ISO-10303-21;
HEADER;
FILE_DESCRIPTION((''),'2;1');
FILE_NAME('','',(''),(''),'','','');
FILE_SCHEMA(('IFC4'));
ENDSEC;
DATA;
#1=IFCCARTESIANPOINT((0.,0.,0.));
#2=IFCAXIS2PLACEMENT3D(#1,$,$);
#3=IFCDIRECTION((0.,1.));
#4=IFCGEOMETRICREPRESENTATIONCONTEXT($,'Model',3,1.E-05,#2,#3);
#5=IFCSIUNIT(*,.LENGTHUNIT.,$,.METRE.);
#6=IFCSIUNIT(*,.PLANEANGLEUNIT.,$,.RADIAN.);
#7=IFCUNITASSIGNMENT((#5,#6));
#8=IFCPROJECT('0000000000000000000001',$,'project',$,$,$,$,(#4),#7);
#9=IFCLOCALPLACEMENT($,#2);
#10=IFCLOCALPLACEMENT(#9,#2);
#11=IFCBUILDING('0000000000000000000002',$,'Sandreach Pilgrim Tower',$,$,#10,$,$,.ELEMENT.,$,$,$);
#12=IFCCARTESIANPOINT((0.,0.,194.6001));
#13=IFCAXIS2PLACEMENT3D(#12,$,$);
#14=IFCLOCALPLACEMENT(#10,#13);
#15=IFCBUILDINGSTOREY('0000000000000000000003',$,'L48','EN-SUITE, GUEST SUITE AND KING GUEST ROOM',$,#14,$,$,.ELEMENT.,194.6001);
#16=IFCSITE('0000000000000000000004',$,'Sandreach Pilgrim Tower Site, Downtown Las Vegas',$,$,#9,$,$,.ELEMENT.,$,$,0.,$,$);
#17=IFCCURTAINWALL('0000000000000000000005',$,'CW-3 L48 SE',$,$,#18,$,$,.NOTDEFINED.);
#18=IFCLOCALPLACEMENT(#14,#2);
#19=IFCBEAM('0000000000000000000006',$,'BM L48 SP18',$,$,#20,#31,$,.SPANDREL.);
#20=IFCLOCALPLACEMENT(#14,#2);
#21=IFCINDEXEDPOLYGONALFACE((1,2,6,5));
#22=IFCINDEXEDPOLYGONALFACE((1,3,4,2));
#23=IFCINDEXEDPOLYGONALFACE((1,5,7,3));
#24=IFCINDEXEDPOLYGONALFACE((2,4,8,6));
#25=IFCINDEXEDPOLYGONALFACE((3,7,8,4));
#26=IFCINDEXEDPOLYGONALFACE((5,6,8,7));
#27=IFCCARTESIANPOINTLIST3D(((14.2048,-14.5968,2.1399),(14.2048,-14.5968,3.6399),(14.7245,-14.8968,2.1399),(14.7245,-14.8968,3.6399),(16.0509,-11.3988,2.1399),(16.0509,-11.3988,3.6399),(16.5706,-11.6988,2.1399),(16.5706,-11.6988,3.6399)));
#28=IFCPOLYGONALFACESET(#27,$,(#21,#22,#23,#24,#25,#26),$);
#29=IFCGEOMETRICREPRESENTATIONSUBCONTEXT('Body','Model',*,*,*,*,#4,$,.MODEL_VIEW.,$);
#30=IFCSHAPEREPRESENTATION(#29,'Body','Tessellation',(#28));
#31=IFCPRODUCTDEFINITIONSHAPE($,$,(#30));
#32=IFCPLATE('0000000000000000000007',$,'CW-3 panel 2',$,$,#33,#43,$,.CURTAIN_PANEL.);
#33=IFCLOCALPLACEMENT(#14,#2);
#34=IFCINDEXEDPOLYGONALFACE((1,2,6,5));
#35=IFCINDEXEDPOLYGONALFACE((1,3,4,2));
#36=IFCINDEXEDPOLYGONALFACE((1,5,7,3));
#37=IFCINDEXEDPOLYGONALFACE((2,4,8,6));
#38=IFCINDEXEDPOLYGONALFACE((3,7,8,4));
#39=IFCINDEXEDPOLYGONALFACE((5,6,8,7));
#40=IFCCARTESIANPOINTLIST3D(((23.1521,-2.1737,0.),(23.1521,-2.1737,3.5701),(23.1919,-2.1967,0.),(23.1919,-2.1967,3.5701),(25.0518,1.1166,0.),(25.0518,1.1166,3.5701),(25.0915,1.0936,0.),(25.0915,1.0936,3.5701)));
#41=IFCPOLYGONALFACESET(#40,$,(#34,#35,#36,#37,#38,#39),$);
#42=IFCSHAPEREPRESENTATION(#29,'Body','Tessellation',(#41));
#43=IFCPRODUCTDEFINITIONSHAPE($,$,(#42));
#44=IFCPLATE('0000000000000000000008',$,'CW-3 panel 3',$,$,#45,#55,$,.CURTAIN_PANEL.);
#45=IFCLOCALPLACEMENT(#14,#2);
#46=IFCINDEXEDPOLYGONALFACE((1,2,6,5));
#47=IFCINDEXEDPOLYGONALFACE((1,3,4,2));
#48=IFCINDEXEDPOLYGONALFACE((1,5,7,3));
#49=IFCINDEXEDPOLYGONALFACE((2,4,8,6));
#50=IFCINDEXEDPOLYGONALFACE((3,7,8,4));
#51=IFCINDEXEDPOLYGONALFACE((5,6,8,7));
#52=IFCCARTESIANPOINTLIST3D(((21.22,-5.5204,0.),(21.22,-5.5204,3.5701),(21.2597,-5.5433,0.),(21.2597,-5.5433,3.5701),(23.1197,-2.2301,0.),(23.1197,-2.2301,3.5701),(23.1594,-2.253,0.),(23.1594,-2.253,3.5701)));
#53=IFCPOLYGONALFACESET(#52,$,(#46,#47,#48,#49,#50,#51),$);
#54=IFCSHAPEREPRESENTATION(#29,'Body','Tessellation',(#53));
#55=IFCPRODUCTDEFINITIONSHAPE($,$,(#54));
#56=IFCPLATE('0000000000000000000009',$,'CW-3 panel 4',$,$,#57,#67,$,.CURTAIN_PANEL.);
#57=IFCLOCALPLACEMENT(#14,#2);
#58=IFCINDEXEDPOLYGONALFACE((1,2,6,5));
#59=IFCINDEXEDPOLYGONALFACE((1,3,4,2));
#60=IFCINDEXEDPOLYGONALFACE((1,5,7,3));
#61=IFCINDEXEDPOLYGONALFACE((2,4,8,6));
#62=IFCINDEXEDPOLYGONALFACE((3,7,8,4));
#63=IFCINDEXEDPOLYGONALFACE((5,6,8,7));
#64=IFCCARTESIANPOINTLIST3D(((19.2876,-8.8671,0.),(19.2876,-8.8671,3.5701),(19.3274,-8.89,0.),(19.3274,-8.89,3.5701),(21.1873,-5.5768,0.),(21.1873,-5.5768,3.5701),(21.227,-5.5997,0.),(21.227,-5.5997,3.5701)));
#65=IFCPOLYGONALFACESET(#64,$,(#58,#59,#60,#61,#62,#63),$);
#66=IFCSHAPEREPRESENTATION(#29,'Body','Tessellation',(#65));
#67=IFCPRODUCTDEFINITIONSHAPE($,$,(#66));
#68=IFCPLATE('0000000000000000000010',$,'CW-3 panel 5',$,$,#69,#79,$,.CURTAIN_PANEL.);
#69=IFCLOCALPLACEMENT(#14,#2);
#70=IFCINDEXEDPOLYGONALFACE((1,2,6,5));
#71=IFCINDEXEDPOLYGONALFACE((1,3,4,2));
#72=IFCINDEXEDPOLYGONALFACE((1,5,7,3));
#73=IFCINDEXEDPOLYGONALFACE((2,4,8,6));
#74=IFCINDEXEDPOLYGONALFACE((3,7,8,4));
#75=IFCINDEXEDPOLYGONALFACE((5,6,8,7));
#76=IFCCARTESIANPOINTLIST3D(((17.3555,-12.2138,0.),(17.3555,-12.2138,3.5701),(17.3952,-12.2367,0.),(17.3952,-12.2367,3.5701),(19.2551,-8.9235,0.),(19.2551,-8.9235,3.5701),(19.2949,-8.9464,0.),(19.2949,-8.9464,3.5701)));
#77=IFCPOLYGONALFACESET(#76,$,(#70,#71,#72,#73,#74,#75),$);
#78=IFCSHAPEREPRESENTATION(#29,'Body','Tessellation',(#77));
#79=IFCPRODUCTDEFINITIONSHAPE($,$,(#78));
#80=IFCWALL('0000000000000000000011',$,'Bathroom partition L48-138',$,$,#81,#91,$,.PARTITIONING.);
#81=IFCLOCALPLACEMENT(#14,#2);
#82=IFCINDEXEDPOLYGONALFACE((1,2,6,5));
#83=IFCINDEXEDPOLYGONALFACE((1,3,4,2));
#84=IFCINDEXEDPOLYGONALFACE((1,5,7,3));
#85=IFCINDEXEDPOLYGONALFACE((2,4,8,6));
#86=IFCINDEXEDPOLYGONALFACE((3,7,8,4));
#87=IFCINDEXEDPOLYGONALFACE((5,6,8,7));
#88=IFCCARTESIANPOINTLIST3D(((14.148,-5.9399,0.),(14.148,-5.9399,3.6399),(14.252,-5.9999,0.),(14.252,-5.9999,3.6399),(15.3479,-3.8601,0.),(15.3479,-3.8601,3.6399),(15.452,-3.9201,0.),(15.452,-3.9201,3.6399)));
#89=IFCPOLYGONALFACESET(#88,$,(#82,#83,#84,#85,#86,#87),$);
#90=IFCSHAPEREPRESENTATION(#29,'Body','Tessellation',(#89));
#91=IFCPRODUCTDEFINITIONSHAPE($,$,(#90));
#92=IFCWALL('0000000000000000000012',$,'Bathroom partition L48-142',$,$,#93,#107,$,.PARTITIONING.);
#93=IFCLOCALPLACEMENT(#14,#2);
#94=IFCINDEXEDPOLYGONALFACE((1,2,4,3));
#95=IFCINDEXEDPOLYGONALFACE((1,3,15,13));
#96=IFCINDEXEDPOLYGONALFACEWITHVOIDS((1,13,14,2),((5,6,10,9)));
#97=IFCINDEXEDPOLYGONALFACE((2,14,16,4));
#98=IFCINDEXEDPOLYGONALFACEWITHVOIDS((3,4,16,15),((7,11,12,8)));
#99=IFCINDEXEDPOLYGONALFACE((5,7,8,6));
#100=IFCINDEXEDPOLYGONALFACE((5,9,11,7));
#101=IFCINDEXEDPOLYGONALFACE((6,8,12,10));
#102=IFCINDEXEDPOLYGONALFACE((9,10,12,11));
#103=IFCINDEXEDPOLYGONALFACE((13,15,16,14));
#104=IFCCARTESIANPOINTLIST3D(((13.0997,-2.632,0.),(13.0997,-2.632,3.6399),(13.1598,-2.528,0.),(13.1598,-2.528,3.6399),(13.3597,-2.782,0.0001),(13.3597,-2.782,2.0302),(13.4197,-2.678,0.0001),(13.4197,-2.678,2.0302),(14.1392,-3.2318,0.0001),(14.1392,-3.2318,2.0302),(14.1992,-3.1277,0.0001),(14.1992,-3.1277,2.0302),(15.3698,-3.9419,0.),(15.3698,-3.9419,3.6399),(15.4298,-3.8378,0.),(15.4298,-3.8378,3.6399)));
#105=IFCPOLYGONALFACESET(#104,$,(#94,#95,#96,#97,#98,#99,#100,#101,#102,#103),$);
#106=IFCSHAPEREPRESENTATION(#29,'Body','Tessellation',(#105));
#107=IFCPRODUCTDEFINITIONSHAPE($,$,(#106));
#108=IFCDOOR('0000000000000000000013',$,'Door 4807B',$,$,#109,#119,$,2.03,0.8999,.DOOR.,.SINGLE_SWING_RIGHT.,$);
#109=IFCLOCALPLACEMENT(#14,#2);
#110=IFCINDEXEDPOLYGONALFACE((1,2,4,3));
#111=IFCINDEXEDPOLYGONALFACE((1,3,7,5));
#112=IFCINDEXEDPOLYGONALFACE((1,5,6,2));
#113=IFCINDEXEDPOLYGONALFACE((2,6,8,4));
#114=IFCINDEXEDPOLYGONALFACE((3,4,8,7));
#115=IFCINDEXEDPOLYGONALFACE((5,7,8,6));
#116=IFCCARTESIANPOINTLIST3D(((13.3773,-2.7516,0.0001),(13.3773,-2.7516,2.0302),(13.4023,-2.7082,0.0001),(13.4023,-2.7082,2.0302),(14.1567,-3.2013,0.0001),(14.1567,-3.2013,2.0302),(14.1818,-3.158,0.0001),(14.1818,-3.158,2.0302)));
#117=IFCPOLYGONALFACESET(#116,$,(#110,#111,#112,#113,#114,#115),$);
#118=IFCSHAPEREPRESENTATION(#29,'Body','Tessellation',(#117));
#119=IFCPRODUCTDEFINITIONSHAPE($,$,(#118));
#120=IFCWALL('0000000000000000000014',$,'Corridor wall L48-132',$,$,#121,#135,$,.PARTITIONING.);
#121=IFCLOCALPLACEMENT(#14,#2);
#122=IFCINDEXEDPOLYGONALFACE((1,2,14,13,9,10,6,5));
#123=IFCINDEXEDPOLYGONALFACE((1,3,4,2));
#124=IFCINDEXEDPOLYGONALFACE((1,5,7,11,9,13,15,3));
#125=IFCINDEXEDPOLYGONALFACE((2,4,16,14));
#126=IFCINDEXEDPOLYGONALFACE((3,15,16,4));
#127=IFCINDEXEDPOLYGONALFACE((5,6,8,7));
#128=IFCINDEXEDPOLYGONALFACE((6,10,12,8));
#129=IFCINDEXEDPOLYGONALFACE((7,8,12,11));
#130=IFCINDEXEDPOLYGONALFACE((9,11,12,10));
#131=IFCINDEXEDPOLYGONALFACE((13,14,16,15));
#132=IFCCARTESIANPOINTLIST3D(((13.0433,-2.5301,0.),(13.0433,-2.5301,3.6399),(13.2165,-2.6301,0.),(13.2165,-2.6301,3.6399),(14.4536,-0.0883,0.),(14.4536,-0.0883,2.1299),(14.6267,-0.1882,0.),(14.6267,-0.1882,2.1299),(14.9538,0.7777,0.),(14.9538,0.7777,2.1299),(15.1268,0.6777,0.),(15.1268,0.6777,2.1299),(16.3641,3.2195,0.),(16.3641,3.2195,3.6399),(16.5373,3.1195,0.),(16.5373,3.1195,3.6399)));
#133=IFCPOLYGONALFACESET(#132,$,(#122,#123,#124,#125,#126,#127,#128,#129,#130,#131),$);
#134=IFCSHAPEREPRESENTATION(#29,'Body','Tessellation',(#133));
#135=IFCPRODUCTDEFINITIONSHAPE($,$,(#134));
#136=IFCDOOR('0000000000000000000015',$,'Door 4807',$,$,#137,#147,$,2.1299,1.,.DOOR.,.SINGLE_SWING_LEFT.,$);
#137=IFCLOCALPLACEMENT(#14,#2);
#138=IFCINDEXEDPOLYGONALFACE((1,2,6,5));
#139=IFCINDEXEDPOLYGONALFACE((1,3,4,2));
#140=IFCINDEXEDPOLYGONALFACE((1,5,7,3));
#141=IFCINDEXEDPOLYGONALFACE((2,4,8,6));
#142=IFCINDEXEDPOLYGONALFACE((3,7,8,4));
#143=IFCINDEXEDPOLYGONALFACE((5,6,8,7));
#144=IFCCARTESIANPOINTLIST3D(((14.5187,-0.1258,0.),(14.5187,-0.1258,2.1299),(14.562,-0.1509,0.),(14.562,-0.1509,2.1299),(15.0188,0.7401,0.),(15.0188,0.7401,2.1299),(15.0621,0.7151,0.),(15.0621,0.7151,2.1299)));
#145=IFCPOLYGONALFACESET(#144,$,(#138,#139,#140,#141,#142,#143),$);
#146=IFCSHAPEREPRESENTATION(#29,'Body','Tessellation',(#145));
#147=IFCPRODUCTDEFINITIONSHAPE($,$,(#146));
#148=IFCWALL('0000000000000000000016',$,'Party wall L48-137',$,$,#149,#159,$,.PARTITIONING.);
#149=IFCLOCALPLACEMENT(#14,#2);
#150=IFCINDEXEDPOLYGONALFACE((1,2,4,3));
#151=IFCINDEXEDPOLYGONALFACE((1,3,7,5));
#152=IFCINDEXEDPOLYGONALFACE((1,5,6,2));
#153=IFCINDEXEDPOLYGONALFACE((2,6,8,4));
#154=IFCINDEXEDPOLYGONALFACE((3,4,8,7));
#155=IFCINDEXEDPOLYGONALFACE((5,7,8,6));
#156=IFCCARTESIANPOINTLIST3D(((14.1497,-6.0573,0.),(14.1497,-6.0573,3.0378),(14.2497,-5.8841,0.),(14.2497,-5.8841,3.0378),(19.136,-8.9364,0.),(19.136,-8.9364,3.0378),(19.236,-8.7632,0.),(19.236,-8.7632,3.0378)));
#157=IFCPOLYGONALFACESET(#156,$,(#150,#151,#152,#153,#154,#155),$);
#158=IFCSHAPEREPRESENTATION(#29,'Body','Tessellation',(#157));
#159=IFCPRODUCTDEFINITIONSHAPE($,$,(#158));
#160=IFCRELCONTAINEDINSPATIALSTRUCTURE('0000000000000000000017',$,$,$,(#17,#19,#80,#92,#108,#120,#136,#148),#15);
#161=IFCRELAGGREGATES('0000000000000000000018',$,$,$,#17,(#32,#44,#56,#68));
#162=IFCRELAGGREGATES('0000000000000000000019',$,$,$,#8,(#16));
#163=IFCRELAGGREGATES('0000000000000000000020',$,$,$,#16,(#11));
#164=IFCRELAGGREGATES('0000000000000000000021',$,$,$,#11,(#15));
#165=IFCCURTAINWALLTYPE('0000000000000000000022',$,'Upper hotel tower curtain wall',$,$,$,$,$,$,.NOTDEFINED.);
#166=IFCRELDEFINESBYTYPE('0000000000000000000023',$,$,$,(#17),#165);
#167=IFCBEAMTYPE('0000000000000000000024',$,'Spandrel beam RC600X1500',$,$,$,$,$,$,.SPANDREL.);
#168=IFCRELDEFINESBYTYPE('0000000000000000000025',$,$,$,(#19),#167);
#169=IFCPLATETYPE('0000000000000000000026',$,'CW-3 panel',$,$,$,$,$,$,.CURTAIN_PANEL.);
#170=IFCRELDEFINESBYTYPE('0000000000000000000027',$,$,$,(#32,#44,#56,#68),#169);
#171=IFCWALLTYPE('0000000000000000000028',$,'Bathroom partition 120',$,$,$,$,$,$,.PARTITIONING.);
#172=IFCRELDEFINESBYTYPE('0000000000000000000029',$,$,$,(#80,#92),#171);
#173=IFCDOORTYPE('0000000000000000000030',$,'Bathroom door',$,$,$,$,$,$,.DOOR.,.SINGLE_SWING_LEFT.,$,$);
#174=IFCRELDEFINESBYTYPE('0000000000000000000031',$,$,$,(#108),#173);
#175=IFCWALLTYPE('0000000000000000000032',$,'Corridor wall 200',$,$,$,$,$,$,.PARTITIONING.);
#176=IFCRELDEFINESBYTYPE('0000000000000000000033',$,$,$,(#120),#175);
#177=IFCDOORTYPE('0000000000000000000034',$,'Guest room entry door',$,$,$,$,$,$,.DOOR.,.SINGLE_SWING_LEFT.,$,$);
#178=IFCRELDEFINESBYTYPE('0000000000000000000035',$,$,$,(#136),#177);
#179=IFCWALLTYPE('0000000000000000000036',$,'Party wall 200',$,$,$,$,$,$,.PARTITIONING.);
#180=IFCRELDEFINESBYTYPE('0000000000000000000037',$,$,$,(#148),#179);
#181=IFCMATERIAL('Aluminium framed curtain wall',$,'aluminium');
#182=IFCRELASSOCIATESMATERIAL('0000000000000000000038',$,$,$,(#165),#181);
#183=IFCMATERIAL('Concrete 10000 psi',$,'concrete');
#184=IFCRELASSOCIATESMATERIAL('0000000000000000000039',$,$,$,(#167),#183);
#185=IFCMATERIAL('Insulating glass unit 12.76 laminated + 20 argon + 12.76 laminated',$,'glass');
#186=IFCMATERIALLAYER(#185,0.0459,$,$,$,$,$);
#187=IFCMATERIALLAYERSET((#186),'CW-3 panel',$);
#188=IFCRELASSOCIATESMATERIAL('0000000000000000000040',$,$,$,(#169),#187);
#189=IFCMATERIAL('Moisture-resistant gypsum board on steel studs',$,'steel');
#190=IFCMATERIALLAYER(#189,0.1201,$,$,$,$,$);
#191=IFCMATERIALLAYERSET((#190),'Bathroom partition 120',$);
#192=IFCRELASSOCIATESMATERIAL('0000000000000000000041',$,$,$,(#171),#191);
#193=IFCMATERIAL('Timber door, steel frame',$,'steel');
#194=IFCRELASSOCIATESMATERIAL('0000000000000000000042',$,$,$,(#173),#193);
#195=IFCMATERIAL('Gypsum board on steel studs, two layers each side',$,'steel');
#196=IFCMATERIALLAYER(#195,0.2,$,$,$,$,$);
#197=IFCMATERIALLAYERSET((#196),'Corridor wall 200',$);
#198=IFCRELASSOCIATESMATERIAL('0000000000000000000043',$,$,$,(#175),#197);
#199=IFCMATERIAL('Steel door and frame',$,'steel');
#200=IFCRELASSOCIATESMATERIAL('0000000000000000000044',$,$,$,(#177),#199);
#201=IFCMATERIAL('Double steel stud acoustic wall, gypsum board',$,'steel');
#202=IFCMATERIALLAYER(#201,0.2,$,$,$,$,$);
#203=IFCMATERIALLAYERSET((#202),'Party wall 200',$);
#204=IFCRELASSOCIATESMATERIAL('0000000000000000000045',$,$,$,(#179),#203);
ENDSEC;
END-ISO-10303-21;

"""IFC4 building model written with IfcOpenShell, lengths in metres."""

from ifc_helpers import new_model, si_unit, direction, frame, frame_2d, origin, origin_2d, place, context, subcontext, project, spatial, rectangle, extrude, material, layer, layer_set, material_profile, profile_set, type_object, element, fill, aggregate, save


model = new_model("IFC4")

# Units and contexts
model_context = context("Model", 3, precision=1e-05, world=origin(), true_north=direction((0.0, 1.0)))
body_context = subcontext(model_context, "Body", "Model", "MODEL_VIEW")
ifc_project = project(units=[si_unit("LENGTHUNIT", "METRE"), si_unit("PLANEANGLEUNIT", "RADIAN")], contexts=[model_context])

# Site, building, storey
site_placement = place(None, origin())
site = spatial("IfcSite", under=ifc_project, at=site_placement, Name="Sandreach Pilgrim Tower Site, Downtown Las Vegas", CompositionType="ELEMENT", RefElevation=0.0)
building_placement = place(site_placement, origin())
building = spatial("IfcBuilding", under=site, at=building_placement, Name="Sandreach Pilgrim Tower", CompositionType="ELEMENT")
storey_placement = place(building_placement, frame((0.0, 0.0, 194.6001)))
storey = spatial("IfcBuildingStorey", under=building, at=storey_placement, Name="L48", Description="EN-SUITE, GUEST SUITE AND KING GUEST ROOM", CompositionType="ELEMENT", Elevation=194.6001)

# Curtain wall
ifc_material_1 = material(Name="Aluminium framed curtain wall", Category="aluminium")
curtain_wall_type = type_object("IfcCurtainWallType", Name="Upper hotel tower curtain wall", PredefinedType="NOTDEFINED", material=ifc_material_1)
curtain_wall_placement = place(storey_placement, origin())
curtain_wall = element("IfcCurtainWall", 1, at=curtain_wall_placement, inside=storey, type_object=curtain_wall_type, Name="CW-3 L48 SE", PredefinedType="NOTDEFINED")

# Beam
ifc_material_2 = material(Name="Concrete 10000 psi", Category="concrete")
ifc_material_profile_1 = material_profile(ifc_material_2, rectangle(XDim=0.6001, YDim=1.5, at=origin_2d()), Name="RC600X1500")
ifc_profile_set_1 = profile_set([ifc_material_profile_1], Name="Concrete 10000 psi")
beam_type_1 = type_object("IfcBeamType", Name="Spandrel beam RC600X1500", PredefinedType="SPANDREL", material=ifc_profile_set_1)
for number, where, z_axis, x_axis, name in (
    (2, (16.3108, -11.5488, 2.8899), (-0.499965, -0.866046, 0.0), (0.866046, -0.499965, 0.0), "BM L48 SP18"),
):
    element("IfcBeam", number, at=place(storey_placement, frame(where, z_axis=z_axis, x_axis=x_axis)), inside=storey, type_object=beam_type_1, Name=name, PredefinedType="SPANDREL", context=body_context, shape_type="SweptSolid", body=[
        extrude(rectangle(XDim=0.6001, YDim=1.5, at=origin_2d()), origin(), (0.0, 0.0, 1.0), 3.6926),
    ])

# Plates
ifc_material_3 = material(Name="Insulating glass unit 12.76 laminated + 20 argon + 12.76 laminated", Category="glass")
ifc_layer_1 = layer(ifc_material_3, 0.0459)
ifc_layer_set_1 = layer_set([ifc_layer_1], Name="CW-3 panel")
plate_type = type_object("IfcPlateType", Name="CW-3 panel", PredefinedType="CURTAIN_PANEL", material=ifc_layer_set_1)
plate_1_placement = place(storey_placement, frame((24.1218, -0.54, 0.0), z_axis=(0.0, 0.0, 1.0), x_axis=(-0.5, -0.866025, 0.0)))
plate_1 = element("IfcPlate", 3, at=plate_1_placement, type_object=plate_type, Name="CW-3 panel 2", PredefinedType="CURTAIN_PANEL", context=body_context, shape_type="SweptSolid", body=[
    extrude(rectangle(XDim=3.7993, YDim=0.0459, at=origin_2d()), origin(), (0.0, 0.0, 1.0), 3.5701),
])
plate_2_placement = place(storey_placement, frame((22.1897, -3.8867, 0.0), z_axis=(0.0, 0.0, 1.0), x_axis=(-0.5, -0.866025, 0.0)))
plate_2 = element("IfcPlate", 4, at=plate_2_placement, type_object=plate_type, Name="CW-3 panel 3", PredefinedType="CURTAIN_PANEL", context=body_context, shape_type="SweptSolid", body=[
    extrude(rectangle(XDim=3.7993, YDim=0.0459, at=origin_2d()), origin(), (0.0, 0.0, 1.0), 3.5701),
])
plate_3_placement = place(storey_placement, frame((20.2573, -7.2334, 0.0), z_axis=(0.0, 0.0, 1.0), x_axis=(-0.5, -0.866025, 0.0)))
plate_3 = element("IfcPlate", 5, at=plate_3_placement, type_object=plate_type, Name="CW-3 panel 4", PredefinedType="CURTAIN_PANEL", context=body_context, shape_type="SweptSolid", body=[
    extrude(rectangle(XDim=3.7993, YDim=0.0459, at=origin_2d()), origin(), (0.0, 0.0, 1.0), 3.5701),
])
plate_4_placement = place(storey_placement, frame((18.3252, -10.5801, 0.0), z_axis=(0.0, 0.0, 1.0), x_axis=(-0.5, -0.866025, 0.0)))
plate_4 = element("IfcPlate", 6, at=plate_4_placement, type_object=plate_type, Name="CW-3 panel 5", PredefinedType="CURTAIN_PANEL", context=body_context, shape_type="SweptSolid", body=[
    extrude(rectangle(XDim=3.7993, YDim=0.0459, at=origin_2d()), origin(), (0.0, 0.0, 1.0), 3.5701),
])
aggregate(curtain_wall, [plate_1, plate_2, plate_3, plate_4])

# Wall
ifc_material_4 = material(Name="Moisture-resistant gypsum board on steel studs", Category="steel")
ifc_layer_2 = layer(ifc_material_4, 0.1201)
ifc_layer_set_2 = layer_set([ifc_layer_2], Name="Bathroom partition 120")
wall_type_1 = type_object("IfcWallType", Name="Bathroom partition 120", PredefinedType="PARTITIONING", material=ifc_layer_set_2)
wall_1_placement = place(storey_placement, frame((14.2, -5.97, 0.0), z_axis=(0.0, 0.0, 1.0), x_axis=(0.499737, 0.866177, 0.0)))
element("IfcWall", 7, at=wall_1_placement, inside=storey, type_object=wall_type_1, Name="Bathroom partition L48-138", PredefinedType="PARTITIONING", context=body_context, shape_type="SweptSolid", body=[
    extrude(rectangle(XDim=2.4011, YDim=0.1201, at=frame_2d((1.2007, 0.0))), origin(), (0.0, 0.0, 1.0), 3.6399),
])

# Walls, openings, doors
wall_2_placement = place(storey_placement, frame((15.3999, -3.8899, 0.0), z_axis=(0.0, 0.0, 1.0), x_axis=(-0.866155, 0.499776, 0.0)))
wall_2 = element("IfcWall", 8, at=wall_2_placement, inside=storey, type_object=wall_type_1, Name="Bathroom partition L48-142", PredefinedType="PARTITIONING", context=body_context, shape_type="SweptSolid", body=[
    extrude(rectangle(XDim=2.6208, YDim=0.1201, at=frame_2d((1.3105, 0.0))), origin(), (0.0, 0.0, 1.0), 3.6399),
])
opening_1_placement = place(wall_2_placement, frame((1.4209, 0.0, 0.0)))
opening_1 = element("IfcOpeningElement", 9, at=opening_1_placement, cuts=wall_2, PredefinedType="OPENING", context=body_context, shape_type="SweptSolid", body=[
    extrude(rectangle(XDim=0.8999, YDim=2.03, at=frame_2d((0.45, 1.0151))), frame((0.0, 0.0601, 0.0), z_axis=(0.0, -1.0, 0.0), x_axis=(1.0, 0.0, 0.0)), (0.0, 0.0, 1.0), 0.1201),
])
ifc_material_5 = material(Name="Timber door, steel frame", Category="steel")
door_type_1 = type_object("IfcDoorType", Name="Bathroom door", OperationType="SINGLE_SWING_LEFT", PredefinedType="DOOR", material=ifc_material_5)
door_1_placement = place(opening_1_placement, origin())
door_1 = element("IfcDoor", 10, at=door_1_placement, inside=storey, type_object=door_type_1, Name="Door 4807B", OperationType="SINGLE_SWING_RIGHT", OverallHeight=2.03, OverallWidth=0.8999, PredefinedType="DOOR", context=body_context, shape_type="SweptSolid", body=[
    extrude(rectangle(XDim=0.8999, YDim=2.03, at=frame_2d((0.45, 1.0151))), frame((0.0, 0.0249, 0.0), z_axis=(0.0, -1.0, 0.0), x_axis=(1.0, 0.0, 0.0)), (0.0, 0.0, 1.0), 0.05),
])
fill(opening_1, door_1)
ifc_material_6 = material(Name="Gypsum board on steel studs, two layers each side", Category="steel")
ifc_layer_3 = layer(ifc_material_6, 0.2)
ifc_layer_set_3 = layer_set([ifc_layer_3], Name="Corridor wall 200")
wall_type_2 = type_object("IfcWallType", Name="Corridor wall 200", PredefinedType="PARTITIONING", material=ifc_layer_set_3)
wall_3_placement = place(storey_placement, frame((13.1299, -2.5801, 0.0), z_axis=(0.0, 0.0, 1.0), x_axis=(0.500149, 0.865939, 0.0)))
wall_3 = element("IfcWall", 11, at=wall_3_placement, inside=storey, type_object=wall_type_2, Name="Corridor wall L48-132", PredefinedType="PARTITIONING", context=body_context, shape_type="SweptSolid", body=[
    extrude(rectangle(XDim=6.6396, YDim=0.2, at=frame_2d((3.3198, 0.0))), origin(), (0.0, 0.0, 1.0), 3.6399),
])
opening_2_placement = place(wall_3_placement, frame((2.8198, 0.0, 0.0)))
opening_2 = element("IfcOpeningElement", 12, at=opening_2_placement, cuts=wall_3, PredefinedType="OPENING", context=body_context, shape_type="SweptSolid", body=[
    extrude(rectangle(XDim=1.0, YDim=2.1299, at=frame_2d((0.5, 1.0649))), frame((0.0, 0.1001, 0.0), z_axis=(0.0, -1.0, 0.0), x_axis=(1.0, 0.0, 0.0)), (0.0, 0.0, 1.0), 0.2),
])
ifc_material_7 = material(Name="Steel door and frame", Category="steel")
door_type_2 = type_object("IfcDoorType", Name="Guest room entry door", OperationType="SINGLE_SWING_LEFT", PredefinedType="DOOR", material=ifc_material_7)
door_2_placement = place(opening_2_placement, origin())
door_2 = element("IfcDoor", 13, at=door_2_placement, inside=storey, type_object=door_type_2, Name="Door 4807", OperationType="SINGLE_SWING_LEFT", OverallHeight=2.1299, OverallWidth=1.0, PredefinedType="DOOR", context=body_context, shape_type="SweptSolid", body=[
    extrude(rectangle(XDim=1.0, YDim=2.1299, at=frame_2d((0.5, 1.0649))), frame((0.0, 0.0249, 0.0), z_axis=(0.0, -1.0, 0.0), x_axis=(1.0, 0.0, 0.0)), (0.0, 0.0, 1.0), 0.05),
])
fill(opening_2, door_2)

# Wall
ifc_material_8 = material(Name="Double steel stud acoustic wall, gypsum board", Category="steel")
ifc_layer_4 = layer(ifc_material_8, 0.2)
ifc_layer_set_4 = layer_set([ifc_layer_4], Name="Party wall 200")
wall_type_3 = type_object("IfcWallType", Name="Party wall 200", PredefinedType="PARTITIONING", material=ifc_layer_set_4)
wall_4_placement = place(storey_placement, frame((14.1997, -5.9707, 0.0), z_axis=(0.0, 0.0, 1.0), x_axis=(0.866003, -0.500038, 0.0)))
element("IfcWall", 14, at=wall_4_placement, inside=storey, type_object=wall_type_3, Name="Party wall L48-137", PredefinedType="PARTITIONING", context=body_context, shape_type="SweptSolid", body=[
    extrude(rectangle(XDim=5.7578, YDim=0.2, at=frame_2d((2.8789, 0.0))), origin(), (0.0, 0.0, 1.0), 3.0378),
])

save(model, "model.ifc")
